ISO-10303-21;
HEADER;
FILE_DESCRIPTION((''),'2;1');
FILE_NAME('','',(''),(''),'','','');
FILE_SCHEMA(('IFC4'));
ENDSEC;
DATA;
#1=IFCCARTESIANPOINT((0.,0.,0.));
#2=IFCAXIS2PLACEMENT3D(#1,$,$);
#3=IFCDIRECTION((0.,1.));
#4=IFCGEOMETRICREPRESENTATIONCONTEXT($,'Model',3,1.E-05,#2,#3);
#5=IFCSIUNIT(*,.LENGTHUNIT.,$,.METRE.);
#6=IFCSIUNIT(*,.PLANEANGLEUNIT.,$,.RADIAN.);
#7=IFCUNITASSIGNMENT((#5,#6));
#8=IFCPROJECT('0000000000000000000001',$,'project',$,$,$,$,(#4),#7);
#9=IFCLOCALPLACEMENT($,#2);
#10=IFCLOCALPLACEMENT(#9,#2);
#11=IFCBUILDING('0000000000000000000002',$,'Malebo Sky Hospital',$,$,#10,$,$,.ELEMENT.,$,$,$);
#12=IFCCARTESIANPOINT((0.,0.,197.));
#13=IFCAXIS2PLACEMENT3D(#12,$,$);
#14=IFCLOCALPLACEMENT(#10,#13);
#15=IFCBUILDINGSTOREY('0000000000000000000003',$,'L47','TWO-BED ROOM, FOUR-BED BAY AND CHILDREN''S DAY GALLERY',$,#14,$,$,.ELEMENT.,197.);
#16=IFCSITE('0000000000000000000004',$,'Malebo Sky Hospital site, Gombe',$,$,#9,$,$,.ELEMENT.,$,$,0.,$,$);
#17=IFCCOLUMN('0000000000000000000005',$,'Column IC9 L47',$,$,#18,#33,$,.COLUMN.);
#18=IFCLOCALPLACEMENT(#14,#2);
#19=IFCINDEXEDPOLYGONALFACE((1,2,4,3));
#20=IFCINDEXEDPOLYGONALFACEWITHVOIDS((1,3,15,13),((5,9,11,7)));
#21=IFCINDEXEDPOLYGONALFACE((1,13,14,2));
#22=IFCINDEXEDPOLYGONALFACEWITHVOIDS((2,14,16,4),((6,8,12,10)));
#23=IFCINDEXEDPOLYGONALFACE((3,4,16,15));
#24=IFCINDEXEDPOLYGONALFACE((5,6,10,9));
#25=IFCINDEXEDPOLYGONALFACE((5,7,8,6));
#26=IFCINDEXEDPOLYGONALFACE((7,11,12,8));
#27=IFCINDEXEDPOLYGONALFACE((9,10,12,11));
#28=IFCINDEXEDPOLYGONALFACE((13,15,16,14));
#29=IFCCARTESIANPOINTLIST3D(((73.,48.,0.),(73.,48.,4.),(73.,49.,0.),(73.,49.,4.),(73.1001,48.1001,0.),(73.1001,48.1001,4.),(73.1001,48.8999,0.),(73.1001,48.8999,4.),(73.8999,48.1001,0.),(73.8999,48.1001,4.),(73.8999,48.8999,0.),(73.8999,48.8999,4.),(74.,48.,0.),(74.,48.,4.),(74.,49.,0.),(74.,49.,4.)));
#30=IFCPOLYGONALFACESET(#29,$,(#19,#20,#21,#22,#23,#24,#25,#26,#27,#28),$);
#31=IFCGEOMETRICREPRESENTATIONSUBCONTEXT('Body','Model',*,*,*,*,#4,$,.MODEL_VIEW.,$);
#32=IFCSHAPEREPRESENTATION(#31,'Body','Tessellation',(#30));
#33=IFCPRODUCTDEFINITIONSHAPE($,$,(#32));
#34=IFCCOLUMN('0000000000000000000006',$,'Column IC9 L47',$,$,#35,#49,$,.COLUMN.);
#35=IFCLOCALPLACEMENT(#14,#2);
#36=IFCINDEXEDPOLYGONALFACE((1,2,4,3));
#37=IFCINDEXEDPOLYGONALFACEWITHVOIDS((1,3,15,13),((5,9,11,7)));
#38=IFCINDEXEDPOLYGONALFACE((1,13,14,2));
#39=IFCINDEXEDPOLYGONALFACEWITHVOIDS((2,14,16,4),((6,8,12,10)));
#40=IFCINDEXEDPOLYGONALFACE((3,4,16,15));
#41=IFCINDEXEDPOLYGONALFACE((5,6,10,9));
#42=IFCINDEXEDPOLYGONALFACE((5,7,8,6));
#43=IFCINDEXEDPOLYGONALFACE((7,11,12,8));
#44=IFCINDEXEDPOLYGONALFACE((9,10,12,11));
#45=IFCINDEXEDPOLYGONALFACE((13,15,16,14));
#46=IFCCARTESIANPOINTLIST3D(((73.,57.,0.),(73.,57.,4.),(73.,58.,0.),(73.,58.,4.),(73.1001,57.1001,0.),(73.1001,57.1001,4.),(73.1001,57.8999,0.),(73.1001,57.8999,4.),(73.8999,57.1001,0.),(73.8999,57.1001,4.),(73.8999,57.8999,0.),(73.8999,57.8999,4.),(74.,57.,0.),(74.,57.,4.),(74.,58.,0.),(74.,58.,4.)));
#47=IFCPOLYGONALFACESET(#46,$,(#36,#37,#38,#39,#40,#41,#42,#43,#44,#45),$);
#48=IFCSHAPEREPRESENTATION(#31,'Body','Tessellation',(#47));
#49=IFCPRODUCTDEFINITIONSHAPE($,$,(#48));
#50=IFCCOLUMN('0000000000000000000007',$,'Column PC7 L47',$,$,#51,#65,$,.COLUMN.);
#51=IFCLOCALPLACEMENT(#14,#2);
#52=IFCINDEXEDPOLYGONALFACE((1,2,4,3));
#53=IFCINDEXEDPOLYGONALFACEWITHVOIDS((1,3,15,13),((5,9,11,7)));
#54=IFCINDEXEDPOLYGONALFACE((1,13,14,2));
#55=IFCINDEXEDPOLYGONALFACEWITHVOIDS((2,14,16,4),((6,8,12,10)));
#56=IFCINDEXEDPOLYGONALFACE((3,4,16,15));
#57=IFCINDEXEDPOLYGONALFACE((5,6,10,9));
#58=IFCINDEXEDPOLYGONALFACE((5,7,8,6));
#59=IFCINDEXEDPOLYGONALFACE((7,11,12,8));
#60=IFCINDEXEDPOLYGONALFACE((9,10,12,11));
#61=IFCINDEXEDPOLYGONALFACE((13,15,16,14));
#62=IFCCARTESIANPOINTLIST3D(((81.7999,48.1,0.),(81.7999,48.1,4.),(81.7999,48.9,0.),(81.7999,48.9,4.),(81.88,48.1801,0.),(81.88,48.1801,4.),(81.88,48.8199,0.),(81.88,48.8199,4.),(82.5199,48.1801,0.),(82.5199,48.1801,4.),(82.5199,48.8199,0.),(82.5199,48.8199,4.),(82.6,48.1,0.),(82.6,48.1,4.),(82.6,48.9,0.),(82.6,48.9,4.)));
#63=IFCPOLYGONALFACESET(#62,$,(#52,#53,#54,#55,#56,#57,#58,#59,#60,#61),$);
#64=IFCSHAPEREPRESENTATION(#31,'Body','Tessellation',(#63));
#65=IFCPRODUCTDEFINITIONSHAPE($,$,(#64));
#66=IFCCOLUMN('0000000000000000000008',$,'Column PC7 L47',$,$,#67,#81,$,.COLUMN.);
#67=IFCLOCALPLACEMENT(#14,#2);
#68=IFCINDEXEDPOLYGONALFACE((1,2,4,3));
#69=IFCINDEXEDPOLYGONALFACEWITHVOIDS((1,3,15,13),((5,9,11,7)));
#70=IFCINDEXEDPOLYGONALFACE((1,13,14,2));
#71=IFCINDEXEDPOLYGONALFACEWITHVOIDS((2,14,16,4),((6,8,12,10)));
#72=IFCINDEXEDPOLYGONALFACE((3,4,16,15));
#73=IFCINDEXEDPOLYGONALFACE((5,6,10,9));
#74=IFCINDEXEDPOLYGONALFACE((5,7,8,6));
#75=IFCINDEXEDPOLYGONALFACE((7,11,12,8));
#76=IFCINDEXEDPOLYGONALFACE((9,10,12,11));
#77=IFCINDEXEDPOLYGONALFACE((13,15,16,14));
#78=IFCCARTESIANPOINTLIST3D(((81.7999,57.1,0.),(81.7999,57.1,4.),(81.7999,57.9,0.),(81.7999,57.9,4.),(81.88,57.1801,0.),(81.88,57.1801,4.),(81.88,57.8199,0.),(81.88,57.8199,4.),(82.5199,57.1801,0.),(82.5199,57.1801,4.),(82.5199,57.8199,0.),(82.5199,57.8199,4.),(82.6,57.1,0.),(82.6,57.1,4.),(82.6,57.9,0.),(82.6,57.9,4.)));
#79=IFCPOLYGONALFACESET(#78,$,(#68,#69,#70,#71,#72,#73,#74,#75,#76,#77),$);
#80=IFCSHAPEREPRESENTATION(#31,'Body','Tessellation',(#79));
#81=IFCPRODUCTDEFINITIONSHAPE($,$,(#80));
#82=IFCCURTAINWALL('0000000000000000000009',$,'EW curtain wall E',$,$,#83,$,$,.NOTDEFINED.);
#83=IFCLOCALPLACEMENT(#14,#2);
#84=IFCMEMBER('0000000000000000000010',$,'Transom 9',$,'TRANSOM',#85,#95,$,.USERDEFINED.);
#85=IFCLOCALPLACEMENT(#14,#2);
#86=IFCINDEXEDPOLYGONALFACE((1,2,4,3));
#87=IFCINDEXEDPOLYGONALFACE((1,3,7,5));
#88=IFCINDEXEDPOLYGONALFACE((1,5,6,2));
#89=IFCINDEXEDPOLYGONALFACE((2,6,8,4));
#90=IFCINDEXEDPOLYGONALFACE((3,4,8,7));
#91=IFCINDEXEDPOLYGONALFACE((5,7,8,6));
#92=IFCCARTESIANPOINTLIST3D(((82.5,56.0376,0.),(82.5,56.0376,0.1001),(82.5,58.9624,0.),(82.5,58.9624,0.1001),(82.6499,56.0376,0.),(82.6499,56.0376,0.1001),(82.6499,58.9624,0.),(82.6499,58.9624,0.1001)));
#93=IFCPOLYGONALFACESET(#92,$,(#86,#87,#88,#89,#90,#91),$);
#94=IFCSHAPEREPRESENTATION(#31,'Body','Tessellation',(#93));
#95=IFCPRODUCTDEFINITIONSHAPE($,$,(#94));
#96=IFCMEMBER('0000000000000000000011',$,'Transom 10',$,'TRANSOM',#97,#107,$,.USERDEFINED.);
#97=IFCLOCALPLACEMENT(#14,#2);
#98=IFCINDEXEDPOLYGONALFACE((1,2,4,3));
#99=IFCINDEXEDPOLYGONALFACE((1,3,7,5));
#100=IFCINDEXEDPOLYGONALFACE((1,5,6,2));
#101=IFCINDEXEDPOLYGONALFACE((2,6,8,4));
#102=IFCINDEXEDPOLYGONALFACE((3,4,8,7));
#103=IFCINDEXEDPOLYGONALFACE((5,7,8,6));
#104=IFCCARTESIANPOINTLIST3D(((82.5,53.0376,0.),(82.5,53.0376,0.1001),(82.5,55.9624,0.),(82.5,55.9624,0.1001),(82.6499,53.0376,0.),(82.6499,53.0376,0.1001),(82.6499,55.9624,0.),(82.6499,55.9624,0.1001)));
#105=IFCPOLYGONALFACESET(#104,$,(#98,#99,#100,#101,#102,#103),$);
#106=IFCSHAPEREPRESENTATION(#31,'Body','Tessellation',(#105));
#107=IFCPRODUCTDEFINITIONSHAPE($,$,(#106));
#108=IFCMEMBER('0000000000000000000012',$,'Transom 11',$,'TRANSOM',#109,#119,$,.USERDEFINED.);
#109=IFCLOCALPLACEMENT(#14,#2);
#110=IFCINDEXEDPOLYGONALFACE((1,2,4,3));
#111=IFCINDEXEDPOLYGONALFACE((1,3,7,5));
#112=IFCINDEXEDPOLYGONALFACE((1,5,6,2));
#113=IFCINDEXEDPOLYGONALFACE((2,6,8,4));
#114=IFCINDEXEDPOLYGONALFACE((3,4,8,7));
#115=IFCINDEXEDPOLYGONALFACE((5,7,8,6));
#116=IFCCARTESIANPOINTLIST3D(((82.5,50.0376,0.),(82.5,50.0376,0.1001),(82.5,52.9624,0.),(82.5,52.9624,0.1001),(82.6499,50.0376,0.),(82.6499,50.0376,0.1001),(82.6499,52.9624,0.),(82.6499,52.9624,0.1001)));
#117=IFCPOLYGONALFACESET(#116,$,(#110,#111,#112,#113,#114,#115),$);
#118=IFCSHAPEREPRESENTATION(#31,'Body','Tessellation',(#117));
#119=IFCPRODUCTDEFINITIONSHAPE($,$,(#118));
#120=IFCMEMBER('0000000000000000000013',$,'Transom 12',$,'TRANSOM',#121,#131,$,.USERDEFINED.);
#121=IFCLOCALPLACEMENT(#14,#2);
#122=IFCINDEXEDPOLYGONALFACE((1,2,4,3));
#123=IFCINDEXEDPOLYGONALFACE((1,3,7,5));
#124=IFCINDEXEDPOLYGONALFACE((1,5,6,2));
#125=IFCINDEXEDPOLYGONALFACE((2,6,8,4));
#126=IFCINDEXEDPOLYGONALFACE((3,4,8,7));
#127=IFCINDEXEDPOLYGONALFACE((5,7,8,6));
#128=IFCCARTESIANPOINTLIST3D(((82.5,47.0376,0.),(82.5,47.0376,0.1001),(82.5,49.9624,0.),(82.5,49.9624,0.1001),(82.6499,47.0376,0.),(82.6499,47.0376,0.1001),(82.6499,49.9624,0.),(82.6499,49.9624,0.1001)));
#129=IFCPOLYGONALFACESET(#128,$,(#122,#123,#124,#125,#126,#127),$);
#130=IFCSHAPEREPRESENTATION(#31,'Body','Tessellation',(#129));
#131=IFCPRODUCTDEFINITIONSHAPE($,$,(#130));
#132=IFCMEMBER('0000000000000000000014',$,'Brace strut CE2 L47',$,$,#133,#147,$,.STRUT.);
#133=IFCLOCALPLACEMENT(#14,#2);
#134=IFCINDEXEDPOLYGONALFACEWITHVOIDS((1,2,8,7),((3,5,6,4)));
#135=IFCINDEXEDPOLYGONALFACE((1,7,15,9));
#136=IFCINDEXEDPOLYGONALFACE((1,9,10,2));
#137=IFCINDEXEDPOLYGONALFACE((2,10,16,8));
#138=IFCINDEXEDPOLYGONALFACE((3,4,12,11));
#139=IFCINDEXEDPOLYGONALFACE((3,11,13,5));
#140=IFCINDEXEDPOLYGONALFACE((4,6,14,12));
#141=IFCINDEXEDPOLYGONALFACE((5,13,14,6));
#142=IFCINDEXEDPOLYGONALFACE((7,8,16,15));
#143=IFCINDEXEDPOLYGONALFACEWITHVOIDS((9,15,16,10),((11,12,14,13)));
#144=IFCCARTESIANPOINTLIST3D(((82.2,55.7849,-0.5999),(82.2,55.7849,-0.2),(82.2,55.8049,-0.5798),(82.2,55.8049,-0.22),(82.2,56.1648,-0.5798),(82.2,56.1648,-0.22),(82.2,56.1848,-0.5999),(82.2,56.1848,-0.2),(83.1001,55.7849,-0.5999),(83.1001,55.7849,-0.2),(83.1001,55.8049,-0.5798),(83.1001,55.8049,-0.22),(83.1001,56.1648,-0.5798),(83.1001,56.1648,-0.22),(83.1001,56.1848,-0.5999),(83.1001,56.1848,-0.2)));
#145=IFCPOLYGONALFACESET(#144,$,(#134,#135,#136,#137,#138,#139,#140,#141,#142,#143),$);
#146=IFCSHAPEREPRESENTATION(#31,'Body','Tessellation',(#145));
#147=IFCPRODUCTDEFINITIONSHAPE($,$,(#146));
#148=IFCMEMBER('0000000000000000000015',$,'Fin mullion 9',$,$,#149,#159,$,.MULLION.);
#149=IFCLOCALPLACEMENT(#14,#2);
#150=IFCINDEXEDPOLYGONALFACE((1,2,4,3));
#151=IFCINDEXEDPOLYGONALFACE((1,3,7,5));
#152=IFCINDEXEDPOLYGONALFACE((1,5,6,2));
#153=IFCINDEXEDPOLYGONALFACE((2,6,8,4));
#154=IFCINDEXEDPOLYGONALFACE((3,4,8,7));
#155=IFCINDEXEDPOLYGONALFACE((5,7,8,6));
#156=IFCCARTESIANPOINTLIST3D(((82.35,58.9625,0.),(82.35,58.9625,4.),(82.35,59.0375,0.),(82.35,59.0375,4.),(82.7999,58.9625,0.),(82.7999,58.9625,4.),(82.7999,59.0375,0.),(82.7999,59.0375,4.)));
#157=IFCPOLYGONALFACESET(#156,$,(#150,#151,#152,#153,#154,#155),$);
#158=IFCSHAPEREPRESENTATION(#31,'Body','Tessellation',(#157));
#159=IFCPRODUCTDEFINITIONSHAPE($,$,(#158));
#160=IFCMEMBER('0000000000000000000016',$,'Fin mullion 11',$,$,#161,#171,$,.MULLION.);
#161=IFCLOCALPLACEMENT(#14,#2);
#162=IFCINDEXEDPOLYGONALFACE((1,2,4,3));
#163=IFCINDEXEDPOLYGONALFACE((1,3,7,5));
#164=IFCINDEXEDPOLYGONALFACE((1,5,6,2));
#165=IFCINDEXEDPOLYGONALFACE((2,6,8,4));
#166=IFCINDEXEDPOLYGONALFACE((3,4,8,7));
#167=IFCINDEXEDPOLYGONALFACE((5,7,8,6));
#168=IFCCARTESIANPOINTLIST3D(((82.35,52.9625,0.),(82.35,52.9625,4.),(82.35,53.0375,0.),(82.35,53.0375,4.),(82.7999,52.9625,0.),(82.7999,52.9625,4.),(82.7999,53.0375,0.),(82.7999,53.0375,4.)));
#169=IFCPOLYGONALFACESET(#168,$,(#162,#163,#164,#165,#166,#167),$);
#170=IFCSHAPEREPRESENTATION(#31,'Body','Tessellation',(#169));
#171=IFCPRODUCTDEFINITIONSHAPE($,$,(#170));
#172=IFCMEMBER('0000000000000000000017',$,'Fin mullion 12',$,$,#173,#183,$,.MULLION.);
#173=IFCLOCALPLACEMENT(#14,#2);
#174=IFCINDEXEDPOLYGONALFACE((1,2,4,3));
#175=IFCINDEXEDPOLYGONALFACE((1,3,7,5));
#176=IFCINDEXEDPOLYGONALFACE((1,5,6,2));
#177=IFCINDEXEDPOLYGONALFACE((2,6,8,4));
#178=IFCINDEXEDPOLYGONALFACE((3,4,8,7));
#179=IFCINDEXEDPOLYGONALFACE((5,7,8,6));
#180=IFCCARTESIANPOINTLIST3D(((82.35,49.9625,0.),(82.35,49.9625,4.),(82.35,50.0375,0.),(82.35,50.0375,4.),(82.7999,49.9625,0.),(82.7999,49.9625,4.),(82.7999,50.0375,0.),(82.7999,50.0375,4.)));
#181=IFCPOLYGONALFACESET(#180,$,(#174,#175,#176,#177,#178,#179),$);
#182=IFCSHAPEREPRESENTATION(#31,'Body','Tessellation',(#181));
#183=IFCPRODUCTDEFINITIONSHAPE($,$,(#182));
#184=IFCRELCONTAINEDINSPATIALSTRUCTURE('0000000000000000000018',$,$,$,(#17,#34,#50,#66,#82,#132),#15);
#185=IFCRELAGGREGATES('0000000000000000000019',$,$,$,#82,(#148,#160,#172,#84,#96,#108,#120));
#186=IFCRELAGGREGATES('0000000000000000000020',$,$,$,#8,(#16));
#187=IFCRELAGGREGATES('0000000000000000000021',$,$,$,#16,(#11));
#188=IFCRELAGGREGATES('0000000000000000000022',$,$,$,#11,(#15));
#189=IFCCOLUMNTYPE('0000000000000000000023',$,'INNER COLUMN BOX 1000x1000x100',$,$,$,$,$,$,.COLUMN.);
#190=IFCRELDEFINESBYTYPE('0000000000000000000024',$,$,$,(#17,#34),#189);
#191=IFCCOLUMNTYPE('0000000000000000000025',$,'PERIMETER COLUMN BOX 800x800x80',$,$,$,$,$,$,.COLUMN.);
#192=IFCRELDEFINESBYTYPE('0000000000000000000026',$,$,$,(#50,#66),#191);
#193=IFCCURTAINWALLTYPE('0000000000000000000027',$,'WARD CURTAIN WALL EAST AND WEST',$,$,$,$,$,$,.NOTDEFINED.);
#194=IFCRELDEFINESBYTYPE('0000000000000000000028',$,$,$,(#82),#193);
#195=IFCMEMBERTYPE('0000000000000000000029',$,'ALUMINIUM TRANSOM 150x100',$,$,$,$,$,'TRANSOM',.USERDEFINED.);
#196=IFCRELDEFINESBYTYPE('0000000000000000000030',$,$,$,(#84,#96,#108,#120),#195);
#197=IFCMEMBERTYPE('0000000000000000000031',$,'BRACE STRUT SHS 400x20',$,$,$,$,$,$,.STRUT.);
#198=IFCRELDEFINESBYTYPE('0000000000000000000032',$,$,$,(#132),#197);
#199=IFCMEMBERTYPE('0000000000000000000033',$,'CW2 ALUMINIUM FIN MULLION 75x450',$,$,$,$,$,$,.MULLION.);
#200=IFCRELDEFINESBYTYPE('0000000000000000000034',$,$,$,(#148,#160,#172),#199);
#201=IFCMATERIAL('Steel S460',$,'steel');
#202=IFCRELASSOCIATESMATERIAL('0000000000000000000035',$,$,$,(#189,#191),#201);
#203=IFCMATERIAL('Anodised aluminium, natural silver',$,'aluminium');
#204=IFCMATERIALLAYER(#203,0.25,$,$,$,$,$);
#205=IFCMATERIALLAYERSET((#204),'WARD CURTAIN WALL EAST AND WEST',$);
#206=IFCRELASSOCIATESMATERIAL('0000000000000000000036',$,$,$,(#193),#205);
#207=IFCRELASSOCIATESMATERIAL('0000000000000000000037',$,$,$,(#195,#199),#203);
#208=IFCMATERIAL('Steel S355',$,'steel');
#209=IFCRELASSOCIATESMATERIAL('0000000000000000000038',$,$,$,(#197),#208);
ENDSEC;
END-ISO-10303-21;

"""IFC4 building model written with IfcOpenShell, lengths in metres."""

from ifc_helpers import new_model, si_unit, direction, frame, origin, origin_2d, place, context, subcontext, project, spatial, rectangle, hollow_rectangle, extrude, material, layer, layer_set, material_profile, profile_set, type_object, element, aggregate, save


model = new_model("IFC4")

# Units and contexts
model_context = context("Model", 3, precision=1e-05, world=origin(), true_north=direction((0.0, 1.0)))
body_context = subcontext(model_context, "Body", "Model", "MODEL_VIEW")
ifc_project = project(units=[si_unit("LENGTHUNIT", "METRE"), si_unit("PLANEANGLEUNIT", "RADIAN")], contexts=[model_context])

# Site, building, storey
site_placement = place(None, origin())
site = spatial("IfcSite", under=ifc_project, at=site_placement, Name="Malebo Sky Hospital site, Gombe", CompositionType="ELEMENT", RefElevation=0.0)
building_placement = place(site_placement, origin())
building = spatial("IfcBuilding", under=site, at=building_placement, Name="Malebo Sky Hospital", CompositionType="ELEMENT")
storey_placement = place(building_placement, frame((0.0, 0.0, 197.0)))
storey = spatial("IfcBuildingStorey", under=building, at=storey_placement, Name="L47", Description="TWO-BED ROOM, FOUR-BED BAY AND CHILDREN'S DAY GALLERY", CompositionType="ELEMENT", Elevation=197.0)

# Columns
ifc_material_1 = material(Name="Steel S460", Category="steel")
ifc_material_profile_1 = material_profile(ifc_material_1, hollow_rectangle(XDim=1.0, YDim=1.0, WallThickness=0.1001, at=origin_2d()), Name="BOX 1000x1000x100")
ifc_profile_set_1 = profile_set([ifc_material_profile_1], Name="Steel S460")
column_type_1 = type_object("IfcColumnType", Name="INNER COLUMN BOX 1000x1000x100", PredefinedType="COLUMN", material=ifc_profile_set_1)
for number, where, z_axis, x_axis, name in (
    (1, (73.5, 48.5, 0.0), (0.0, 0.0, 1.0), (1.0, 0.0, 0.0), "Column IC9 L47"),
    (2, (73.5, 57.5, 0.0), (0.0, 0.0, 1.0), (1.0, 0.0, 0.0), "Column IC9 L47"),
):
    element("IfcColumn", number, at=place(storey_placement, frame(where, z_axis=z_axis, x_axis=x_axis)), inside=storey, type_object=column_type_1, Name=name, PredefinedType="COLUMN", context=body_context, shape_type="SweptSolid", body=[
        extrude(hollow_rectangle(XDim=1.0, YDim=1.0, WallThickness=0.1001, at=origin_2d()), origin(), (0.0, 0.0, 1.0), 4.0),
    ])
ifc_material_profile_2 = material_profile(ifc_material_1, hollow_rectangle(XDim=0.8, YDim=0.8, WallThickness=0.0801, at=origin_2d()), Name="BOX 800x800x80")
ifc_profile_set_2 = profile_set([ifc_material_profile_2], Name="Steel S460")
column_type_2 = type_object("IfcColumnType", Name="PERIMETER COLUMN BOX 800x800x80", PredefinedType="COLUMN", material=ifc_profile_set_2)
for number, where, z_axis, x_axis, name in (
    (3, (82.2, 48.5, 0.0), (0.0, 0.0, 1.0), (1.0, 0.0, 0.0), "Column PC7 L47"),
    (4, (82.2, 57.5, 0.0), (0.0, 0.0, 1.0), (1.0, 0.0, 0.0), "Column PC7 L47"),
):
    element("IfcColumn", number, at=place(storey_placement, frame(where, z_axis=z_axis, x_axis=x_axis)), inside=storey, type_object=column_type_2, Name=name, PredefinedType="COLUMN", context=body_context, shape_type="SweptSolid", body=[
        extrude(hollow_rectangle(XDim=0.8, YDim=0.8, WallThickness=0.0801, at=origin_2d()), origin(), (0.0, 0.0, 1.0), 4.0),
    ])

# Curtain wall, members
ifc_material_2 = material(Name="Anodised aluminium, natural silver", Category="aluminium")
ifc_layer_1 = layer(ifc_material_2, 0.25)
ifc_layer_set_1 = layer_set([ifc_layer_1], Name="WARD CURTAIN WALL EAST AND WEST")
curtain_wall_type = type_object("IfcCurtainWallType", Name="WARD CURTAIN WALL EAST AND WEST", PredefinedType="NOTDEFINED", material=ifc_layer_set_1)
curtain_wall_placement = place(storey_placement, origin())
curtain_wall = element("IfcCurtainWall", 5, at=curtain_wall_placement, inside=storey, type_object=curtain_wall_type, Name="EW curtain wall E", PredefinedType="NOTDEFINED")
ifc_material_profile_3 = material_profile(ifc_material_2, rectangle(XDim=0.1499, YDim=0.1001, at=origin_2d()), Name="ALUMINIUM TRANSOM 150x100")
ifc_profile_set_3 = profile_set([ifc_material_profile_3], Name="Anodised aluminium, natural silver")
member_type_1 = type_object("IfcMemberType", Name="ALUMINIUM TRANSOM 150x100", ElementType="TRANSOM", PredefinedType="USERDEFINED", material=ifc_profile_set_3)
member_1_placement = place(storey_placement, frame((82.575, 58.9624, 0.05), z_axis=(0.0, -1.0, 0.0), x_axis=(1.0, 0.0, 0.0)))
member_1 = element("IfcMember", 6, at=member_1_placement, type_object=member_type_1, Name="Transom 9", ObjectType="TRANSOM", PredefinedType="USERDEFINED", context=body_context, shape_type="SweptSolid", body=[
    extrude(rectangle(XDim=0.1499, YDim=0.1001, at=origin_2d()), origin(), (0.0, 0.0, 1.0), 2.9248),
])
member_2_placement = place(storey_placement, frame((82.575, 55.9624, 0.05), z_axis=(0.0, -1.0, 0.0), x_axis=(1.0, 0.0, 0.0)))
member_2 = element("IfcMember", 7, at=member_2_placement, type_object=member_type_1, Name="Transom 10", ObjectType="TRANSOM", PredefinedType="USERDEFINED", context=body_context, shape_type="SweptSolid", body=[
    extrude(rectangle(XDim=0.1499, YDim=0.1001, at=origin_2d()), origin(), (0.0, 0.0, 1.0), 2.9248),
])
member_3_placement = place(storey_placement, frame((82.575, 52.9624, 0.05), z_axis=(0.0, -1.0, 0.0), x_axis=(1.0, 0.0, 0.0)))
member_3 = element("IfcMember", 8, at=member_3_placement, type_object=member_type_1, Name="Transom 11", ObjectType="TRANSOM", PredefinedType="USERDEFINED", context=body_context, shape_type="SweptSolid", body=[
    extrude(rectangle(XDim=0.1499, YDim=0.1001, at=origin_2d()), origin(), (0.0, 0.0, 1.0), 2.9248),
])
member_4_placement = place(storey_placement, frame((82.575, 49.9624, 0.05), z_axis=(0.0, -1.0, 0.0), x_axis=(1.0, 0.0, 0.0)))
member_4 = element("IfcMember", 9, at=member_4_placement, type_object=member_type_1, Name="Transom 12", ObjectType="TRANSOM", PredefinedType="USERDEFINED", context=body_context, shape_type="SweptSolid", body=[
    extrude(rectangle(XDim=0.1499, YDim=0.1001, at=origin_2d()), origin(), (0.0, 0.0, 1.0), 2.9248),
])

# Members
ifc_material_3 = material(Name="Steel S355", Category="steel")
ifc_material_profile_4 = material_profile(ifc_material_3, hollow_rectangle(XDim=0.3999, YDim=0.3999, WallThickness=0.02, at=origin_2d()), Name="SHS 400x20")
ifc_profile_set_4 = profile_set([ifc_material_profile_4], Name="Steel S355")
member_type_2 = type_object("IfcMemberType", Name="BRACE STRUT SHS 400x20", PredefinedType="STRUT", material=ifc_profile_set_4)
member_5_placement = place(storey_placement, frame((83.1001, 55.9849, -0.3999), z_axis=(-1.0, 0.0, 0.0), x_axis=(0.0, -1.0, 0.0)))
element("IfcMember", 10, at=member_5_placement, inside=storey, type_object=member_type_2, Name="Brace strut CE2 L47", PredefinedType="STRUT", context=body_context, shape_type="SweptSolid", body=[
    extrude(hollow_rectangle(XDim=0.3999, YDim=0.3999, WallThickness=0.02, at=origin_2d()), origin(), (0.0, 0.0, 1.0), 0.9001),
])
ifc_material_profile_5 = material_profile(ifc_material_2, rectangle(XDim=0.075, YDim=0.45, at=origin_2d()), Name="CW2 ALUMINIUM FIN MULLION 75x450")
ifc_profile_set_5 = profile_set([ifc_material_profile_5], Name="Anodised aluminium, natural silver")
member_type_3 = type_object("IfcMemberType", Name="CW2 ALUMINIUM FIN MULLION 75x450", PredefinedType="MULLION", material=ifc_profile_set_5)
member_6_placement = place(storey_placement, frame((82.575, 59.0, 0.0), z_axis=(0.0, 0.0, 1.0), x_axis=(0.0, -1.0, 0.0)))
member_6 = element("IfcMember", 11, at=member_6_placement, type_object=member_type_3, Name="Fin mullion 9", PredefinedType="MULLION", context=body_context, shape_type="SweptSolid", body=[
    extrude(rectangle(XDim=0.075, YDim=0.45, at=origin_2d()), origin(), (0.0, 0.0, 1.0), 4.0),
])
member_7_placement = place(storey_placement, frame((82.575, 53.0, 0.0), z_axis=(0.0, 0.0, 1.0), x_axis=(0.0, -1.0, 0.0)))
member_7 = element("IfcMember", 12, at=member_7_placement, type_object=member_type_3, Name="Fin mullion 11", PredefinedType="MULLION", context=body_context, shape_type="SweptSolid", body=[
    extrude(rectangle(XDim=0.075, YDim=0.45, at=origin_2d()), origin(), (0.0, 0.0, 1.0), 4.0),
])
member_8_placement = place(storey_placement, frame((82.575, 50.0, 0.0), z_axis=(0.0, 0.0, 1.0), x_axis=(0.0, -1.0, 0.0)))
member_8 = element("IfcMember", 13, at=member_8_placement, type_object=member_type_3, Name="Fin mullion 12", PredefinedType="MULLION", context=body_context, shape_type="SweptSolid", body=[
    extrude(rectangle(XDim=0.075, YDim=0.45, at=origin_2d()), origin(), (0.0, 0.0, 1.0), 4.0),
])

aggregate(curtain_wall, [member_6, member_7, member_8, member_1, member_2, member_3, member_4])

save(model, "model.ifc")
